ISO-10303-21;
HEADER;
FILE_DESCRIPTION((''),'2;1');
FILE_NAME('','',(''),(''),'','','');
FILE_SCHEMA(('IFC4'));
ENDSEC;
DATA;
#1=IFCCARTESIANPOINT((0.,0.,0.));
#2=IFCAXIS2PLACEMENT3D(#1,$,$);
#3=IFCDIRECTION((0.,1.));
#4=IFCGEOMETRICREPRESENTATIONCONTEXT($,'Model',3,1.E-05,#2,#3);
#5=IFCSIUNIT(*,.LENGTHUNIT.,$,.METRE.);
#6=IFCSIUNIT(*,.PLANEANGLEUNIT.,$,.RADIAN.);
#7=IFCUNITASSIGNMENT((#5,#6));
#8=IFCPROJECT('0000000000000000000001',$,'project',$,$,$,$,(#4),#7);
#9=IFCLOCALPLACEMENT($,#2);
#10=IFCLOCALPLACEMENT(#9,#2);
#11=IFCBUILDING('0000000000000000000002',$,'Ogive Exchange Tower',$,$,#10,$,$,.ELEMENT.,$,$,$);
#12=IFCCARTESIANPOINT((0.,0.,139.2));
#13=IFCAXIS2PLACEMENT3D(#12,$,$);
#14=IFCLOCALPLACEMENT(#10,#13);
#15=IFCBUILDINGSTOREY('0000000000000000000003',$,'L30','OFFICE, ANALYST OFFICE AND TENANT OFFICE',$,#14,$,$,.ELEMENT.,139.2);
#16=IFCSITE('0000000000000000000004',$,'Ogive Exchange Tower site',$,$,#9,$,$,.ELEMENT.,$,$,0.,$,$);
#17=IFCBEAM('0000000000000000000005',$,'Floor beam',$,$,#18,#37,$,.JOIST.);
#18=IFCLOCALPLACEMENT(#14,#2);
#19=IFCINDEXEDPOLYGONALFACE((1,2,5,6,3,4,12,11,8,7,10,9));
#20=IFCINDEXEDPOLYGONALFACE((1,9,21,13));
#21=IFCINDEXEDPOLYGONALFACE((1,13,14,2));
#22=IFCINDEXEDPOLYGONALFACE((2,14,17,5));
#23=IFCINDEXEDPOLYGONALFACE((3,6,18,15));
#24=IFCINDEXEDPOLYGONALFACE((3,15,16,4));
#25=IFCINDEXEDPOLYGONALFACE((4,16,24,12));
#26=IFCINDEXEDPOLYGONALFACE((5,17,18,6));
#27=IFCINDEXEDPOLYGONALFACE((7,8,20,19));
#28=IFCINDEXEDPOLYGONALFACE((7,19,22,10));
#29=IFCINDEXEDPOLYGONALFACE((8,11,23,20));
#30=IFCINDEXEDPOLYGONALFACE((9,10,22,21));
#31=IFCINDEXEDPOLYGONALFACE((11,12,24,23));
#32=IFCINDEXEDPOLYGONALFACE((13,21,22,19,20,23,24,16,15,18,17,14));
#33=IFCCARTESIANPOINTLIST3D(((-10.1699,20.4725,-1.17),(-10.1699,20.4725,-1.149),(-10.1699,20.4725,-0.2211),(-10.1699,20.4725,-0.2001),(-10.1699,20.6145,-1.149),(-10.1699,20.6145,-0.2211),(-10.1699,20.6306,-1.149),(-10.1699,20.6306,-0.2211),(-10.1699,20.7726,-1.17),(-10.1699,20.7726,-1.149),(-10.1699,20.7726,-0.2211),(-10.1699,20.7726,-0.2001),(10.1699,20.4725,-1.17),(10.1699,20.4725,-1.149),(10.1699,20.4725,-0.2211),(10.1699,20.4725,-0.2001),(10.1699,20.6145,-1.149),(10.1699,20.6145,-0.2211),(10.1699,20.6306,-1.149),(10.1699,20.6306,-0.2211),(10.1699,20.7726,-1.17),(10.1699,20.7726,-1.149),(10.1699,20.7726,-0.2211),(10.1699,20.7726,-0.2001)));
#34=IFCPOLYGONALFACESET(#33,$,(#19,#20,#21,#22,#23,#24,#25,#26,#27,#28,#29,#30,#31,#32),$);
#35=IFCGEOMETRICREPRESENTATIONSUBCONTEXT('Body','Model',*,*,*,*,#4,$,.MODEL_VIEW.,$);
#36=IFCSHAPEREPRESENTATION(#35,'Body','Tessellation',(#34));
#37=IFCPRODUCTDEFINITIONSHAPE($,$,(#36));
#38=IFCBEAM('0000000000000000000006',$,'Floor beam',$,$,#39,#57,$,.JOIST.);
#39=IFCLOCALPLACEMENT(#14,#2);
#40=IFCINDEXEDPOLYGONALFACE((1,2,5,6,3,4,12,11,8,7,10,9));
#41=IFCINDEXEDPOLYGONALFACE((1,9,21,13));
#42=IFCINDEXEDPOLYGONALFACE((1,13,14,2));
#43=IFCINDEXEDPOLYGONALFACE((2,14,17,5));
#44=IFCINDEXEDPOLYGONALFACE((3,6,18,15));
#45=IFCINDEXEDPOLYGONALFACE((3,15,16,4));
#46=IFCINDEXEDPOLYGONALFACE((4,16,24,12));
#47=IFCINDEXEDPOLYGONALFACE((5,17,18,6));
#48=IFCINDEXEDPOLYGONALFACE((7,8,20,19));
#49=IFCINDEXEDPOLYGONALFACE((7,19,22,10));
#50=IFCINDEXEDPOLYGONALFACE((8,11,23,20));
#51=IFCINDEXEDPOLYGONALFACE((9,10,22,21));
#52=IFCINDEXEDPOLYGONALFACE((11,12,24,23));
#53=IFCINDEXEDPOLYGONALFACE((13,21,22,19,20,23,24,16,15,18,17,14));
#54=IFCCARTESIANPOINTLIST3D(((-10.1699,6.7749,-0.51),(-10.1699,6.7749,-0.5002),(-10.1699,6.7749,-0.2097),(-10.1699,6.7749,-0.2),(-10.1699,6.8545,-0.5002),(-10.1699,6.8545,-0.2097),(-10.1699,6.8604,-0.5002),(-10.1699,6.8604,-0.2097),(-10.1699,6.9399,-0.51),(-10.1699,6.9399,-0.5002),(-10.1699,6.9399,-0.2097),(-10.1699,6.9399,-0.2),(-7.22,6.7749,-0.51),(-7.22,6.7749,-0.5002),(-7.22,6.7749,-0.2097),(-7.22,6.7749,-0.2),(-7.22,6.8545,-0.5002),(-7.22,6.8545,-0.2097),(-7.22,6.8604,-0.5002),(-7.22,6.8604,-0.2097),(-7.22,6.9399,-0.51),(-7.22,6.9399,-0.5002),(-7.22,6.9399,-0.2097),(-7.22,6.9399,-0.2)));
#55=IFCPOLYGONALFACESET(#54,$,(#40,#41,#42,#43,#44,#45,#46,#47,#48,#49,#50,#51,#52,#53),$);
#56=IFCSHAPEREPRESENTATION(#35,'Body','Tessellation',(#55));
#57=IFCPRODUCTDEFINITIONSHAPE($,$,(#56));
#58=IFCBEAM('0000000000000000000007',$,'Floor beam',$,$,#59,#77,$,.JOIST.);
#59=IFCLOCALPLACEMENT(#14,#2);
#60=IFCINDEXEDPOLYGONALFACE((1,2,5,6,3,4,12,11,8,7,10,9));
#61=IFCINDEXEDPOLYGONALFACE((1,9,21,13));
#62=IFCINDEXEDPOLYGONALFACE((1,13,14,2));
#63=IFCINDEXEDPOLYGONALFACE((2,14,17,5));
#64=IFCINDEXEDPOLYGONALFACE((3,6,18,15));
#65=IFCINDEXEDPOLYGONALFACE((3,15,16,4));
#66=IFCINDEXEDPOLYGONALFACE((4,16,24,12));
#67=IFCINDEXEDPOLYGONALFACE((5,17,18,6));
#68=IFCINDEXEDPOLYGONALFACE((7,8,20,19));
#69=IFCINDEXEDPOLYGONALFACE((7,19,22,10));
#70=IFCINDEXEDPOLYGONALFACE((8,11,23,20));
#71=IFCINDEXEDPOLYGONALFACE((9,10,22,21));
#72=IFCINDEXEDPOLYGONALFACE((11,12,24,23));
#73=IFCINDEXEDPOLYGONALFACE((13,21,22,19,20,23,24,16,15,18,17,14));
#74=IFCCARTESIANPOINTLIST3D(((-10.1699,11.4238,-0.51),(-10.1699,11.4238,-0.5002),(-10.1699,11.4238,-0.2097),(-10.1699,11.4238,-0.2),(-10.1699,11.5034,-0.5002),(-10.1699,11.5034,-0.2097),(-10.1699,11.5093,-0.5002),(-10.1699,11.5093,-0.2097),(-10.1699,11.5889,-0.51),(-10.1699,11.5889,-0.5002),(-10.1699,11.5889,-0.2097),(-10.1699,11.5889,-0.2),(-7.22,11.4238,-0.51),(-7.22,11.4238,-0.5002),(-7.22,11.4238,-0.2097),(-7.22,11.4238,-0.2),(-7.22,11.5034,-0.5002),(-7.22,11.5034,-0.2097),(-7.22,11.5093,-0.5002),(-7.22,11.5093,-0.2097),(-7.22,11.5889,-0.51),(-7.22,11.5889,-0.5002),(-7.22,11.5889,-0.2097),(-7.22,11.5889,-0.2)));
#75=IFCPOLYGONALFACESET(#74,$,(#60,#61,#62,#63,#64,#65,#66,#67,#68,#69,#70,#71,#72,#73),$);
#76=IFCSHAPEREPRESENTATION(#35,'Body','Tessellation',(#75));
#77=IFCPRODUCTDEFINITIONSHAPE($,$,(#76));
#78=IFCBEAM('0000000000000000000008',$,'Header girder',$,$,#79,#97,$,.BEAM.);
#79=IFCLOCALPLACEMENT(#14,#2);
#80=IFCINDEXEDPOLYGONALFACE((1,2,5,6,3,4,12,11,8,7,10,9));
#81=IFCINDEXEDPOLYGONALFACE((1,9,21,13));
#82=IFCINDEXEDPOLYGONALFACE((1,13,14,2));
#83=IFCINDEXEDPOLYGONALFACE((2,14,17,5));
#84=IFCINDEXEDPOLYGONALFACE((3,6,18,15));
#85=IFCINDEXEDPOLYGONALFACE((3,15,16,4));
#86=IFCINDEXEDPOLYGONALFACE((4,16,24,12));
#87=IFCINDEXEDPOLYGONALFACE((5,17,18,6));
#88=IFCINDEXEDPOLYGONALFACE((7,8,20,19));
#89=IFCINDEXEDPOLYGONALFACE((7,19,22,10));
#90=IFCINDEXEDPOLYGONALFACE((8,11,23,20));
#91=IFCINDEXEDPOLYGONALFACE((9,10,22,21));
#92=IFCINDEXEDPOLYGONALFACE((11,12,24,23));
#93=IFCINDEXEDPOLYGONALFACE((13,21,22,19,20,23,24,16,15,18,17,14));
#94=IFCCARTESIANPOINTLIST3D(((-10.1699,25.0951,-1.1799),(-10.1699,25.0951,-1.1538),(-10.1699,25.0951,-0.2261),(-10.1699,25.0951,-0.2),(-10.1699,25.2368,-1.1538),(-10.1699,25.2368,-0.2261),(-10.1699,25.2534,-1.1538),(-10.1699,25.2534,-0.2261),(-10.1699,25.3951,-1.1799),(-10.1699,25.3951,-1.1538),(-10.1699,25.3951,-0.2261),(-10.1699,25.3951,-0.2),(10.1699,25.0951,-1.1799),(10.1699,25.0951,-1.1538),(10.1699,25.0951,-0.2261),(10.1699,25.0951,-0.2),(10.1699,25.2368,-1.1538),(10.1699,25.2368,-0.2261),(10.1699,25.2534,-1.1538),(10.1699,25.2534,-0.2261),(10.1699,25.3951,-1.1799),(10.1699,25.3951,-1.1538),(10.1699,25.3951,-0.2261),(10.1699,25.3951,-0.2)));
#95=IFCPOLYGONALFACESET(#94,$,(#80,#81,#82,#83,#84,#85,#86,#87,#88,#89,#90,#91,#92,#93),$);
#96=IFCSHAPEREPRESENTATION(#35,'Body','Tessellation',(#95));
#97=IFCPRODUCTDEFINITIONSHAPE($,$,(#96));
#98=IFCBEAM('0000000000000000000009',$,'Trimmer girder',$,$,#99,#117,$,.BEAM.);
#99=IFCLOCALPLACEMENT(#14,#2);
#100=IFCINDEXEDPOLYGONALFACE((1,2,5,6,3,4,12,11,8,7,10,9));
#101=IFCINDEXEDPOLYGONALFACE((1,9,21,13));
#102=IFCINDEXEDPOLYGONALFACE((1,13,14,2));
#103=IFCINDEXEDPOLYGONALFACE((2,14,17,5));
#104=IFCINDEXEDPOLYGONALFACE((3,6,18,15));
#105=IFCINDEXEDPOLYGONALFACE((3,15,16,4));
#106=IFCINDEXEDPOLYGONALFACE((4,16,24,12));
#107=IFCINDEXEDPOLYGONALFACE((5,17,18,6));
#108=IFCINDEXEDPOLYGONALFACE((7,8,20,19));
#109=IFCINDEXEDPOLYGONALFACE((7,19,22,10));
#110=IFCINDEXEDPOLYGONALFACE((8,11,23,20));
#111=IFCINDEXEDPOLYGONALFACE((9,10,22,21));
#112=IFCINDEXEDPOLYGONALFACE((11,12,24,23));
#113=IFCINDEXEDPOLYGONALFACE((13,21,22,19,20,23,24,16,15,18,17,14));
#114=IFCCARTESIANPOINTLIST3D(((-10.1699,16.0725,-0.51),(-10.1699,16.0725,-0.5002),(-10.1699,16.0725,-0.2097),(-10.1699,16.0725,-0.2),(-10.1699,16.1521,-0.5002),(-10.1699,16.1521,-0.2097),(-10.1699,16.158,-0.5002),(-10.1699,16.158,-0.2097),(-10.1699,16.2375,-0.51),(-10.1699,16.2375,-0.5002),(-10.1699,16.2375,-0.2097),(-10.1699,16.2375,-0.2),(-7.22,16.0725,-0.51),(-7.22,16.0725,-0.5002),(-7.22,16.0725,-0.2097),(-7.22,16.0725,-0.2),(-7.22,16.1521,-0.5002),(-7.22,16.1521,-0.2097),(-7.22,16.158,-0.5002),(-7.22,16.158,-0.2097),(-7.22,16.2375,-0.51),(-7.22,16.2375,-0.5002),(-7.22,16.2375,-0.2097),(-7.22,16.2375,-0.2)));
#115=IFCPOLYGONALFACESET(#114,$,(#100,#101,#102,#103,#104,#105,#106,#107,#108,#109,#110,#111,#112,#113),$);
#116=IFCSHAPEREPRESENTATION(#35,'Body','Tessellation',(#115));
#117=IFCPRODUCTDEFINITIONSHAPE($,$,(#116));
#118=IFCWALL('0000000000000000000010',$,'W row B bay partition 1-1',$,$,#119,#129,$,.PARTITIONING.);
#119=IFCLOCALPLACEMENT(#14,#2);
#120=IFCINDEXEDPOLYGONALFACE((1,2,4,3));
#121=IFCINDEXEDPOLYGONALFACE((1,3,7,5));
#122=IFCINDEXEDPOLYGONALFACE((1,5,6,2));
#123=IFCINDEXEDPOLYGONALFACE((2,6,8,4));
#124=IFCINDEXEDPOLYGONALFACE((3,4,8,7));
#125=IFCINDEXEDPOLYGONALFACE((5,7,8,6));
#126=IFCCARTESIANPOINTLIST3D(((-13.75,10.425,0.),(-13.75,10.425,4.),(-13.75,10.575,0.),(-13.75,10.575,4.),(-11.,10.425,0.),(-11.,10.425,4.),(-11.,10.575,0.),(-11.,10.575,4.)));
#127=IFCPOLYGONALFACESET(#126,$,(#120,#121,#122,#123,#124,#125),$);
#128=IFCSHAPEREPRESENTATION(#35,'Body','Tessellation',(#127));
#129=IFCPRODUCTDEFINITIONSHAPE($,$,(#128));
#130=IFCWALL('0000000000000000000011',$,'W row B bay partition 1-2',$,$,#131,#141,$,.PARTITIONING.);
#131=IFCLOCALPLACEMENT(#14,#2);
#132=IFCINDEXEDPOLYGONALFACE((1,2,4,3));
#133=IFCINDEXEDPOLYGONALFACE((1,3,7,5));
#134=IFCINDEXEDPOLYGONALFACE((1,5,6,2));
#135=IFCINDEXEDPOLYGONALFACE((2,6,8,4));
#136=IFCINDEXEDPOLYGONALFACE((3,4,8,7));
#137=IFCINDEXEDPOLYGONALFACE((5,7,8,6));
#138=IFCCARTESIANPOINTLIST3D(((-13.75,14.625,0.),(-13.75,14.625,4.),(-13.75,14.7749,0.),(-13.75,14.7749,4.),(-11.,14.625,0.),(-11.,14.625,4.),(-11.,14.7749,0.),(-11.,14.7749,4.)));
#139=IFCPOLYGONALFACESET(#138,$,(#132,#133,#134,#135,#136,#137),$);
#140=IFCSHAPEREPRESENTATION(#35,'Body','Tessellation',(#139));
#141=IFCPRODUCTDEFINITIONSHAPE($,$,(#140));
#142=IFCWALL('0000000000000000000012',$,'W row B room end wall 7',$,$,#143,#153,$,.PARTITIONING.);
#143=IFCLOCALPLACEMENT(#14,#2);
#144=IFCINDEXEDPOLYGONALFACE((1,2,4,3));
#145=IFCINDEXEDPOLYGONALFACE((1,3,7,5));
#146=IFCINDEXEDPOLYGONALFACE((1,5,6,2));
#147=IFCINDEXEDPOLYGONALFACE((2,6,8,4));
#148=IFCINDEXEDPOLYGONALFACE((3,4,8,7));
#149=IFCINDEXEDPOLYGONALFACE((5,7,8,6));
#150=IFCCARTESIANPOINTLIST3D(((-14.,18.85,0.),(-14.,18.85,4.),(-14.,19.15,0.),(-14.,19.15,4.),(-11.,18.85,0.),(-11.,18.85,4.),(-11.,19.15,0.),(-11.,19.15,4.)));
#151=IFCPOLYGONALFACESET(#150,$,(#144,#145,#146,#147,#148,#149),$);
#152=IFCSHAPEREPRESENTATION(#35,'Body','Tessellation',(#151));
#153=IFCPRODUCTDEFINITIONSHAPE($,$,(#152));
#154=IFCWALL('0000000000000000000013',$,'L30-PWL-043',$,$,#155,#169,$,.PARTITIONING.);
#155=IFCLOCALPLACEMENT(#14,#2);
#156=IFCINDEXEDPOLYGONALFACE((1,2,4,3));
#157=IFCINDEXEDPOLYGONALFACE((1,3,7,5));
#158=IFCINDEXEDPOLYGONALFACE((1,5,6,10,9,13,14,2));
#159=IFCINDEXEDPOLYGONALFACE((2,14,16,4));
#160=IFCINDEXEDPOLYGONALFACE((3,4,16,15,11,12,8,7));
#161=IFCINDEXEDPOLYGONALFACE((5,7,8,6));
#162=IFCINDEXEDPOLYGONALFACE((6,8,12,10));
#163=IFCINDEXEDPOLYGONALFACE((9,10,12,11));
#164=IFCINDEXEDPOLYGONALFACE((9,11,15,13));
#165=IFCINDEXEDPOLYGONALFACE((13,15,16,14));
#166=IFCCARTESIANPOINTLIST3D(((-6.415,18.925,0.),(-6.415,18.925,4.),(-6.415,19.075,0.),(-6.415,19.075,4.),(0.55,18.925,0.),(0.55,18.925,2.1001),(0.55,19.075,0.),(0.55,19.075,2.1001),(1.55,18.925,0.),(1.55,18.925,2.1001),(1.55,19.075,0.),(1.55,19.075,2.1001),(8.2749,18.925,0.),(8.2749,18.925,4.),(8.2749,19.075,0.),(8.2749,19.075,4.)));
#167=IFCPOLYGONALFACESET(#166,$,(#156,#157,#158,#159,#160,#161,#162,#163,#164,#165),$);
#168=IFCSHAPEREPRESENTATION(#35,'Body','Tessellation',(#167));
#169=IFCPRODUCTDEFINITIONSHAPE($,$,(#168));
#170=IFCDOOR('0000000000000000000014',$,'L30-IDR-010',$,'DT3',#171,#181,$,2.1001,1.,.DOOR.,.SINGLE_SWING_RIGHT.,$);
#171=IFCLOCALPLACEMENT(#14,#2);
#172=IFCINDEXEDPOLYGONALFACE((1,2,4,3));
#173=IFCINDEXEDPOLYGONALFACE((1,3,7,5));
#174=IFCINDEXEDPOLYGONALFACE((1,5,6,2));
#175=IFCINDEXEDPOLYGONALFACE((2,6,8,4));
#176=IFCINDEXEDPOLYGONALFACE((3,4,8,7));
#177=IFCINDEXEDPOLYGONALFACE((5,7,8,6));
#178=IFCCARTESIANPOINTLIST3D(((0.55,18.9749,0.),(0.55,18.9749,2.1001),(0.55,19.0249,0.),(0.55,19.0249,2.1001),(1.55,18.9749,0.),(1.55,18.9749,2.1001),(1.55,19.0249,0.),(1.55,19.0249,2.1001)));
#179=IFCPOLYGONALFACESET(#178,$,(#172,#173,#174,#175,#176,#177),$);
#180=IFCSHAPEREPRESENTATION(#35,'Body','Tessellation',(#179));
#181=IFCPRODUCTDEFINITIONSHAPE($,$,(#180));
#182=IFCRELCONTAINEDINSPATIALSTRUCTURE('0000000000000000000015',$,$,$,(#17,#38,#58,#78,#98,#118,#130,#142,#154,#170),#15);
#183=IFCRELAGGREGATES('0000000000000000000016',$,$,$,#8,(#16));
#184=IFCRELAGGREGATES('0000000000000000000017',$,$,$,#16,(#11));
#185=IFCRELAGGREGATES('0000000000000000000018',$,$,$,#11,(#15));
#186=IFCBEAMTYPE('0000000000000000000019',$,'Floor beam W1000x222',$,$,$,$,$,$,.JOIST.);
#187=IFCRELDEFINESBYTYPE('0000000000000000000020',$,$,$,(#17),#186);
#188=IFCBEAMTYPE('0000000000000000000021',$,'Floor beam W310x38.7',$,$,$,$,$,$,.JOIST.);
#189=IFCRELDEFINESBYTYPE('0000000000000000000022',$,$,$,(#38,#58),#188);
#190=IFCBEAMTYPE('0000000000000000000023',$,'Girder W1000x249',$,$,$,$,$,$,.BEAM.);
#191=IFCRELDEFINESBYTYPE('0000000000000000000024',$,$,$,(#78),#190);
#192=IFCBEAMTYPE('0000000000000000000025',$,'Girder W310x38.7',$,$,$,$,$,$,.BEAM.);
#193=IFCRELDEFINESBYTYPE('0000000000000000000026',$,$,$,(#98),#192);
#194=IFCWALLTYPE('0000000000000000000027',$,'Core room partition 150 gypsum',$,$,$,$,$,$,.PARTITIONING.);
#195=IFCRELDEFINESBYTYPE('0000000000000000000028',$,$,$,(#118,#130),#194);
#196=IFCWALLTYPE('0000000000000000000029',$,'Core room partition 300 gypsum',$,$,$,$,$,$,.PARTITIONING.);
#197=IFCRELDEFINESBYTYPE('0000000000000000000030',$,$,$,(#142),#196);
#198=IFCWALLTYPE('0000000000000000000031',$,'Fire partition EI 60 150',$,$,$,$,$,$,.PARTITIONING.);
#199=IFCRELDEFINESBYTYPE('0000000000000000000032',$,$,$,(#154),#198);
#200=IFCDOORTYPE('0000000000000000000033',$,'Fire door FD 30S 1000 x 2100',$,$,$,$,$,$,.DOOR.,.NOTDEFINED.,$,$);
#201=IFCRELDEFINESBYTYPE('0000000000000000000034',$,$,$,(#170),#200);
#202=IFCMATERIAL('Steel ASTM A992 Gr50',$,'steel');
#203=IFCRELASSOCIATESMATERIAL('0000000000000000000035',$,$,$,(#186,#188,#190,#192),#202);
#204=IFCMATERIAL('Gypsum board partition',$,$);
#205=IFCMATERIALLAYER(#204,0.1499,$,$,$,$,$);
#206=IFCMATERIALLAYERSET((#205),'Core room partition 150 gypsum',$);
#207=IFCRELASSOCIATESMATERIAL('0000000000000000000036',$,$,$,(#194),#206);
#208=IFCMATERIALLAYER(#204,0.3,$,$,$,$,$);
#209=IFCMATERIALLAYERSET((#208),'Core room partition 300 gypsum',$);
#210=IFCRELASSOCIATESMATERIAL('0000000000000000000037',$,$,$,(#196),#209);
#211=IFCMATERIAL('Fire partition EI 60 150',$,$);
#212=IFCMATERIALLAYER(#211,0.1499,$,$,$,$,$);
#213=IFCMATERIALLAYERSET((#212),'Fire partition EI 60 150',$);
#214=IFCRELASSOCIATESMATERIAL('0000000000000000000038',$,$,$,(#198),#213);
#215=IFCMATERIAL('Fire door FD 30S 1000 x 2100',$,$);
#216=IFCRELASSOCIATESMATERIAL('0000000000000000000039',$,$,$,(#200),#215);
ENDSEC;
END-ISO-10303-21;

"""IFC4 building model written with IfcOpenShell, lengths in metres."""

from ifc_helpers import new_model, si_unit, direction, frame, frame_2d, origin, origin_2d, place, context, subcontext, project, spatial, rectangle, i_section, extrude, material, layer, layer_set, material_profile, profile_set, type_object, element, fill, save


model = new_model("IFC4")

# Units and contexts
model_context = context("Model", 3, precision=1e-05, world=origin(), true_north=direction((0.0, 1.0)))
body_context = subcontext(model_context, "Body", "Model", "MODEL_VIEW")
ifc_project = project(units=[si_unit("LENGTHUNIT", "METRE"), si_unit("PLANEANGLEUNIT", "RADIAN")], contexts=[model_context])

# Site, building, storey
site_placement = place(None, origin())
site = spatial("IfcSite", under=ifc_project, at=site_placement, Name="Ogive Exchange Tower site", CompositionType="ELEMENT", RefElevation=0.0)
building_placement = place(site_placement, origin())
building = spatial("IfcBuilding", under=site, at=building_placement, Name="Ogive Exchange Tower", CompositionType="ELEMENT")
storey_placement = place(building_placement, frame((0.0, 0.0, 139.2)))
storey = spatial("IfcBuildingStorey", under=building, at=storey_placement, Name="L30", Description="OFFICE, ANALYST OFFICE AND TENANT OFFICE", CompositionType="ELEMENT", Elevation=139.2)

# Beams
ifc_material_1 = material(Name="Steel ASTM A992 Gr50", Category="steel")
ifc_material_profile_1 = material_profile(ifc_material_1, i_section(OverallWidth=0.3, OverallDepth=0.97, WebThickness=0.0161, FlangeThickness=0.021, at=origin_2d()), Name="W1000x222")
ifc_profile_set_1 = profile_set([ifc_material_profile_1], Name="Steel ASTM A992 Gr50")
beam_type_1 = type_object("IfcBeamType", Name="Floor beam W1000x222", PredefinedType="JOIST", material=ifc_profile_set_1)
beam_1_placement = place(storey_placement, frame((-10.1699, 20.6226, -0.6851), z_axis=(1.0, 0.0, 0.0), x_axis=(0.0, 1.0, 0.0)))
element("IfcBeam", 1, at=beam_1_placement, inside=storey, type_object=beam_type_1, Name="Floor beam", PredefinedType="JOIST", context=body_context, shape_type="SweptSolid", body=[
    extrude(i_section(OverallWidth=0.3, OverallDepth=0.97, WebThickness=0.0161, FlangeThickness=0.021, at=origin_2d()), origin(), (0.0, 0.0, 1.0), 20.3398),
])
ifc_material_profile_2 = material_profile(ifc_material_1, i_section(OverallWidth=0.165, OverallDepth=0.3101, WebThickness=0.0059, FlangeThickness=0.0098, at=origin_2d()), Name="W310x38.7")
ifc_profile_set_2 = profile_set([ifc_material_profile_2], Name="Steel ASTM A992 Gr50")
beam_type_2 = type_object("IfcBeamType", Name="Floor beam W310x38.7", PredefinedType="JOIST", material=ifc_profile_set_2)
for number, where, z_axis, x_axis, name in (
    (2, (-10.1699, 6.8574, -0.355), (1.0, 0.0, 0.0), (0.0, 1.0, 0.0), "Floor beam"),
    (3, (-10.1699, 11.5063, -0.355), (1.0, 0.0, 0.0), (0.0, 1.0, 0.0), "Floor beam"),
):
    element("IfcBeam", number, at=place(storey_placement, frame(where, z_axis=z_axis, x_axis=x_axis)), inside=storey, type_object=beam_type_2, Name=name, PredefinedType="JOIST", context=body_context, shape_type="SweptSolid", body=[
        extrude(i_section(OverallWidth=0.165, OverallDepth=0.3101, WebThickness=0.0059, FlangeThickness=0.0098, at=origin_2d()), origin(), (0.0, 0.0, 1.0), 2.95),
    ])
ifc_material_profile_3 = material_profile(ifc_material_1, i_section(OverallWidth=0.3, OverallDepth=0.98, WebThickness=0.0166, FlangeThickness=0.0261, at=origin_2d()), Name="W1000x249")
ifc_profile_set_3 = profile_set([ifc_material_profile_3], Name="Steel ASTM A992 Gr50")
beam_type_3 = type_object("IfcBeamType", Name="Girder W1000x249", PredefinedType="BEAM", material=ifc_profile_set_3)
beam_2_placement = place(storey_placement, frame((-10.1699, 25.2451, -0.6899), z_axis=(1.0, 0.0, 0.0), x_axis=(0.0, 1.0, 0.0)))
element("IfcBeam", 4, at=beam_2_placement, inside=storey, type_object=beam_type_3, Name="Header girder", PredefinedType="BEAM", context=body_context, shape_type="SweptSolid", body=[
    extrude(i_section(OverallWidth=0.3, OverallDepth=0.98, WebThickness=0.0166, FlangeThickness=0.0261, at=origin_2d()), origin(), (0.0, 0.0, 1.0), 20.3398),
])
ifc_material_profile_4 = material_profile(ifc_material_1, i_section(OverallWidth=0.165, OverallDepth=0.3101, WebThickness=0.0059, FlangeThickness=0.0098, at=origin_2d()), Name="W310x38.7")
ifc_profile_set_4 = profile_set([ifc_material_profile_4], Name="Steel ASTM A992 Gr50")
beam_type_4 = type_object("IfcBeamType", Name="Girder W310x38.7", PredefinedType="BEAM", material=ifc_profile_set_4)
beam_3_placement = place(storey_placement, frame((-10.1699, 16.155, -0.355), z_axis=(1.0, 0.0, 0.0), x_axis=(0.0, 1.0, 0.0)))
element("IfcBeam", 5, at=beam_3_placement, inside=storey, type_object=beam_type_4, Name="Trimmer girder", PredefinedType="BEAM", context=body_context, shape_type="SweptSolid", body=[
    extrude(i_section(OverallWidth=0.165, OverallDepth=0.3101, WebThickness=0.0059, FlangeThickness=0.0098, at=origin_2d()), origin(), (0.0, 0.0, 1.0), 2.95),
])

# Walls
ifc_material_2 = material(Name="Gypsum board partition")
ifc_layer_1 = layer(ifc_material_2, 0.1499)
ifc_layer_set_1 = layer_set([ifc_layer_1], Name="Core room partition 150 gypsum")
wall_type_1 = type_object("IfcWallType", Name="Core room partition 150 gypsum", PredefinedType="PARTITIONING", material=ifc_layer_set_1)
for number, where, z_axis, x_axis, name in (
    (6, (-13.75, 10.5, 0.0), (0.0, 0.0, 1.0), (1.0, 0.0, 0.0), "W row B bay partition 1-1"),
    (7, (-13.75, 14.7, 0.0), (0.0, 0.0, 1.0), (1.0, 0.0, 0.0), "W row B bay partition 1-2"),
):
    element("IfcWall", number, at=place(storey_placement, frame(where, z_axis=z_axis, x_axis=x_axis)), inside=storey, type_object=wall_type_1, Name=name, PredefinedType="PARTITIONING", context=body_context, shape_type="SweptSolid", body=[
        extrude(rectangle(XDim=2.75, YDim=0.1499, at=frame_2d((1.375, 0.0))), origin(), (0.0, 0.0, 1.0), 4.0),
    ])
ifc_layer_2 = layer(ifc_material_2, 0.3)
ifc_layer_set_2 = layer_set([ifc_layer_2], Name="Core room partition 300 gypsum")
wall_type_2 = type_object("IfcWallType", Name="Core room partition 300 gypsum", PredefinedType="PARTITIONING", material=ifc_layer_set_2)
wall_1_placement = place(storey_placement, frame((-14.0, 19.0, 0.0), z_axis=(0.0, 0.0, 1.0), x_axis=(1.0, 0.0, 0.0)))
element("IfcWall", 8, at=wall_1_placement, inside=storey, type_object=wall_type_2, Name="W row B room end wall 7", PredefinedType="PARTITIONING", context=body_context, shape_type="SweptSolid", body=[
    extrude(rectangle(XDim=3.0, YDim=0.3, at=frame_2d((1.5, 0.0))), origin(), (0.0, 0.0, 1.0), 4.0),
])

# Wall, opening, door
ifc_material_3 = material(Name="Fire partition EI 60 150")
ifc_layer_3 = layer(ifc_material_3, 0.1499)
ifc_layer_set_3 = layer_set([ifc_layer_3], Name="Fire partition EI 60 150")
wall_type_3 = type_object("IfcWallType", Name="Fire partition EI 60 150", PredefinedType="PARTITIONING", material=ifc_layer_set_3)
wall_2_placement = place(storey_placement, frame((-6.415, 19.0, 0.0), z_axis=(0.0, 0.0, 1.0), x_axis=(1.0, 0.0, 0.0)))
wall_2 = element("IfcWall", 9, at=wall_2_placement, inside=storey, type_object=wall_type_3, Name="L30-PWL-043", PredefinedType="PARTITIONING", context=body_context, shape_type="SweptSolid", body=[
    extrude(rectangle(XDim=14.6899, YDim=0.1499, at=frame_2d((7.345, 0.0))), origin(), (0.0, 0.0, 1.0), 4.0),
])
opening_1_placement = place(wall_2_placement, frame((6.9651, 0.0, 0.0)))
opening_1 = element("IfcOpeningElement", 10, at=opening_1_placement, cuts=wall_2, PredefinedType="OPENING", context=body_context, shape_type="SweptSolid", body=[
    extrude(rectangle(XDim=1.0, YDim=2.1001, at=frame_2d((0.5, 1.05))), frame((0.0, 0.085, 0.0), z_axis=(0.0, -1.0, 0.0), x_axis=(1.0, 0.0, 0.0)), (0.0, 0.0, 1.0), 0.1699),
])
ifc_material_4 = material(Name="Fire door FD 30S 1000 x 2100")
door_type_1 = type_object("IfcDoorType", Name="Fire door FD 30S 1000 x 2100", OperationType="NOTDEFINED", PredefinedType="DOOR", material=ifc_material_4)
door_1_placement = place(opening_1_placement, origin())
door_1 = element("IfcDoor", 11, at=door_1_placement, inside=storey, type_object=door_type_1, Name="L30-IDR-010", ObjectType="DT3", OperationType="SINGLE_SWING_RIGHT", OverallHeight=2.1001, OverallWidth=1.0, PredefinedType="DOOR", context=body_context, shape_type="SweptSolid", body=[
    extrude(rectangle(XDim=1.0, YDim=2.1001, at=frame_2d((0.5, 1.05))), frame((0.0, 0.0249, 0.0), z_axis=(0.0, -1.0, 0.0), x_axis=(1.0, 0.0, 0.0)), (0.0, 0.0, 1.0), 0.05),
])
fill(opening_1, door_1)

save(model, "model.ifc")
